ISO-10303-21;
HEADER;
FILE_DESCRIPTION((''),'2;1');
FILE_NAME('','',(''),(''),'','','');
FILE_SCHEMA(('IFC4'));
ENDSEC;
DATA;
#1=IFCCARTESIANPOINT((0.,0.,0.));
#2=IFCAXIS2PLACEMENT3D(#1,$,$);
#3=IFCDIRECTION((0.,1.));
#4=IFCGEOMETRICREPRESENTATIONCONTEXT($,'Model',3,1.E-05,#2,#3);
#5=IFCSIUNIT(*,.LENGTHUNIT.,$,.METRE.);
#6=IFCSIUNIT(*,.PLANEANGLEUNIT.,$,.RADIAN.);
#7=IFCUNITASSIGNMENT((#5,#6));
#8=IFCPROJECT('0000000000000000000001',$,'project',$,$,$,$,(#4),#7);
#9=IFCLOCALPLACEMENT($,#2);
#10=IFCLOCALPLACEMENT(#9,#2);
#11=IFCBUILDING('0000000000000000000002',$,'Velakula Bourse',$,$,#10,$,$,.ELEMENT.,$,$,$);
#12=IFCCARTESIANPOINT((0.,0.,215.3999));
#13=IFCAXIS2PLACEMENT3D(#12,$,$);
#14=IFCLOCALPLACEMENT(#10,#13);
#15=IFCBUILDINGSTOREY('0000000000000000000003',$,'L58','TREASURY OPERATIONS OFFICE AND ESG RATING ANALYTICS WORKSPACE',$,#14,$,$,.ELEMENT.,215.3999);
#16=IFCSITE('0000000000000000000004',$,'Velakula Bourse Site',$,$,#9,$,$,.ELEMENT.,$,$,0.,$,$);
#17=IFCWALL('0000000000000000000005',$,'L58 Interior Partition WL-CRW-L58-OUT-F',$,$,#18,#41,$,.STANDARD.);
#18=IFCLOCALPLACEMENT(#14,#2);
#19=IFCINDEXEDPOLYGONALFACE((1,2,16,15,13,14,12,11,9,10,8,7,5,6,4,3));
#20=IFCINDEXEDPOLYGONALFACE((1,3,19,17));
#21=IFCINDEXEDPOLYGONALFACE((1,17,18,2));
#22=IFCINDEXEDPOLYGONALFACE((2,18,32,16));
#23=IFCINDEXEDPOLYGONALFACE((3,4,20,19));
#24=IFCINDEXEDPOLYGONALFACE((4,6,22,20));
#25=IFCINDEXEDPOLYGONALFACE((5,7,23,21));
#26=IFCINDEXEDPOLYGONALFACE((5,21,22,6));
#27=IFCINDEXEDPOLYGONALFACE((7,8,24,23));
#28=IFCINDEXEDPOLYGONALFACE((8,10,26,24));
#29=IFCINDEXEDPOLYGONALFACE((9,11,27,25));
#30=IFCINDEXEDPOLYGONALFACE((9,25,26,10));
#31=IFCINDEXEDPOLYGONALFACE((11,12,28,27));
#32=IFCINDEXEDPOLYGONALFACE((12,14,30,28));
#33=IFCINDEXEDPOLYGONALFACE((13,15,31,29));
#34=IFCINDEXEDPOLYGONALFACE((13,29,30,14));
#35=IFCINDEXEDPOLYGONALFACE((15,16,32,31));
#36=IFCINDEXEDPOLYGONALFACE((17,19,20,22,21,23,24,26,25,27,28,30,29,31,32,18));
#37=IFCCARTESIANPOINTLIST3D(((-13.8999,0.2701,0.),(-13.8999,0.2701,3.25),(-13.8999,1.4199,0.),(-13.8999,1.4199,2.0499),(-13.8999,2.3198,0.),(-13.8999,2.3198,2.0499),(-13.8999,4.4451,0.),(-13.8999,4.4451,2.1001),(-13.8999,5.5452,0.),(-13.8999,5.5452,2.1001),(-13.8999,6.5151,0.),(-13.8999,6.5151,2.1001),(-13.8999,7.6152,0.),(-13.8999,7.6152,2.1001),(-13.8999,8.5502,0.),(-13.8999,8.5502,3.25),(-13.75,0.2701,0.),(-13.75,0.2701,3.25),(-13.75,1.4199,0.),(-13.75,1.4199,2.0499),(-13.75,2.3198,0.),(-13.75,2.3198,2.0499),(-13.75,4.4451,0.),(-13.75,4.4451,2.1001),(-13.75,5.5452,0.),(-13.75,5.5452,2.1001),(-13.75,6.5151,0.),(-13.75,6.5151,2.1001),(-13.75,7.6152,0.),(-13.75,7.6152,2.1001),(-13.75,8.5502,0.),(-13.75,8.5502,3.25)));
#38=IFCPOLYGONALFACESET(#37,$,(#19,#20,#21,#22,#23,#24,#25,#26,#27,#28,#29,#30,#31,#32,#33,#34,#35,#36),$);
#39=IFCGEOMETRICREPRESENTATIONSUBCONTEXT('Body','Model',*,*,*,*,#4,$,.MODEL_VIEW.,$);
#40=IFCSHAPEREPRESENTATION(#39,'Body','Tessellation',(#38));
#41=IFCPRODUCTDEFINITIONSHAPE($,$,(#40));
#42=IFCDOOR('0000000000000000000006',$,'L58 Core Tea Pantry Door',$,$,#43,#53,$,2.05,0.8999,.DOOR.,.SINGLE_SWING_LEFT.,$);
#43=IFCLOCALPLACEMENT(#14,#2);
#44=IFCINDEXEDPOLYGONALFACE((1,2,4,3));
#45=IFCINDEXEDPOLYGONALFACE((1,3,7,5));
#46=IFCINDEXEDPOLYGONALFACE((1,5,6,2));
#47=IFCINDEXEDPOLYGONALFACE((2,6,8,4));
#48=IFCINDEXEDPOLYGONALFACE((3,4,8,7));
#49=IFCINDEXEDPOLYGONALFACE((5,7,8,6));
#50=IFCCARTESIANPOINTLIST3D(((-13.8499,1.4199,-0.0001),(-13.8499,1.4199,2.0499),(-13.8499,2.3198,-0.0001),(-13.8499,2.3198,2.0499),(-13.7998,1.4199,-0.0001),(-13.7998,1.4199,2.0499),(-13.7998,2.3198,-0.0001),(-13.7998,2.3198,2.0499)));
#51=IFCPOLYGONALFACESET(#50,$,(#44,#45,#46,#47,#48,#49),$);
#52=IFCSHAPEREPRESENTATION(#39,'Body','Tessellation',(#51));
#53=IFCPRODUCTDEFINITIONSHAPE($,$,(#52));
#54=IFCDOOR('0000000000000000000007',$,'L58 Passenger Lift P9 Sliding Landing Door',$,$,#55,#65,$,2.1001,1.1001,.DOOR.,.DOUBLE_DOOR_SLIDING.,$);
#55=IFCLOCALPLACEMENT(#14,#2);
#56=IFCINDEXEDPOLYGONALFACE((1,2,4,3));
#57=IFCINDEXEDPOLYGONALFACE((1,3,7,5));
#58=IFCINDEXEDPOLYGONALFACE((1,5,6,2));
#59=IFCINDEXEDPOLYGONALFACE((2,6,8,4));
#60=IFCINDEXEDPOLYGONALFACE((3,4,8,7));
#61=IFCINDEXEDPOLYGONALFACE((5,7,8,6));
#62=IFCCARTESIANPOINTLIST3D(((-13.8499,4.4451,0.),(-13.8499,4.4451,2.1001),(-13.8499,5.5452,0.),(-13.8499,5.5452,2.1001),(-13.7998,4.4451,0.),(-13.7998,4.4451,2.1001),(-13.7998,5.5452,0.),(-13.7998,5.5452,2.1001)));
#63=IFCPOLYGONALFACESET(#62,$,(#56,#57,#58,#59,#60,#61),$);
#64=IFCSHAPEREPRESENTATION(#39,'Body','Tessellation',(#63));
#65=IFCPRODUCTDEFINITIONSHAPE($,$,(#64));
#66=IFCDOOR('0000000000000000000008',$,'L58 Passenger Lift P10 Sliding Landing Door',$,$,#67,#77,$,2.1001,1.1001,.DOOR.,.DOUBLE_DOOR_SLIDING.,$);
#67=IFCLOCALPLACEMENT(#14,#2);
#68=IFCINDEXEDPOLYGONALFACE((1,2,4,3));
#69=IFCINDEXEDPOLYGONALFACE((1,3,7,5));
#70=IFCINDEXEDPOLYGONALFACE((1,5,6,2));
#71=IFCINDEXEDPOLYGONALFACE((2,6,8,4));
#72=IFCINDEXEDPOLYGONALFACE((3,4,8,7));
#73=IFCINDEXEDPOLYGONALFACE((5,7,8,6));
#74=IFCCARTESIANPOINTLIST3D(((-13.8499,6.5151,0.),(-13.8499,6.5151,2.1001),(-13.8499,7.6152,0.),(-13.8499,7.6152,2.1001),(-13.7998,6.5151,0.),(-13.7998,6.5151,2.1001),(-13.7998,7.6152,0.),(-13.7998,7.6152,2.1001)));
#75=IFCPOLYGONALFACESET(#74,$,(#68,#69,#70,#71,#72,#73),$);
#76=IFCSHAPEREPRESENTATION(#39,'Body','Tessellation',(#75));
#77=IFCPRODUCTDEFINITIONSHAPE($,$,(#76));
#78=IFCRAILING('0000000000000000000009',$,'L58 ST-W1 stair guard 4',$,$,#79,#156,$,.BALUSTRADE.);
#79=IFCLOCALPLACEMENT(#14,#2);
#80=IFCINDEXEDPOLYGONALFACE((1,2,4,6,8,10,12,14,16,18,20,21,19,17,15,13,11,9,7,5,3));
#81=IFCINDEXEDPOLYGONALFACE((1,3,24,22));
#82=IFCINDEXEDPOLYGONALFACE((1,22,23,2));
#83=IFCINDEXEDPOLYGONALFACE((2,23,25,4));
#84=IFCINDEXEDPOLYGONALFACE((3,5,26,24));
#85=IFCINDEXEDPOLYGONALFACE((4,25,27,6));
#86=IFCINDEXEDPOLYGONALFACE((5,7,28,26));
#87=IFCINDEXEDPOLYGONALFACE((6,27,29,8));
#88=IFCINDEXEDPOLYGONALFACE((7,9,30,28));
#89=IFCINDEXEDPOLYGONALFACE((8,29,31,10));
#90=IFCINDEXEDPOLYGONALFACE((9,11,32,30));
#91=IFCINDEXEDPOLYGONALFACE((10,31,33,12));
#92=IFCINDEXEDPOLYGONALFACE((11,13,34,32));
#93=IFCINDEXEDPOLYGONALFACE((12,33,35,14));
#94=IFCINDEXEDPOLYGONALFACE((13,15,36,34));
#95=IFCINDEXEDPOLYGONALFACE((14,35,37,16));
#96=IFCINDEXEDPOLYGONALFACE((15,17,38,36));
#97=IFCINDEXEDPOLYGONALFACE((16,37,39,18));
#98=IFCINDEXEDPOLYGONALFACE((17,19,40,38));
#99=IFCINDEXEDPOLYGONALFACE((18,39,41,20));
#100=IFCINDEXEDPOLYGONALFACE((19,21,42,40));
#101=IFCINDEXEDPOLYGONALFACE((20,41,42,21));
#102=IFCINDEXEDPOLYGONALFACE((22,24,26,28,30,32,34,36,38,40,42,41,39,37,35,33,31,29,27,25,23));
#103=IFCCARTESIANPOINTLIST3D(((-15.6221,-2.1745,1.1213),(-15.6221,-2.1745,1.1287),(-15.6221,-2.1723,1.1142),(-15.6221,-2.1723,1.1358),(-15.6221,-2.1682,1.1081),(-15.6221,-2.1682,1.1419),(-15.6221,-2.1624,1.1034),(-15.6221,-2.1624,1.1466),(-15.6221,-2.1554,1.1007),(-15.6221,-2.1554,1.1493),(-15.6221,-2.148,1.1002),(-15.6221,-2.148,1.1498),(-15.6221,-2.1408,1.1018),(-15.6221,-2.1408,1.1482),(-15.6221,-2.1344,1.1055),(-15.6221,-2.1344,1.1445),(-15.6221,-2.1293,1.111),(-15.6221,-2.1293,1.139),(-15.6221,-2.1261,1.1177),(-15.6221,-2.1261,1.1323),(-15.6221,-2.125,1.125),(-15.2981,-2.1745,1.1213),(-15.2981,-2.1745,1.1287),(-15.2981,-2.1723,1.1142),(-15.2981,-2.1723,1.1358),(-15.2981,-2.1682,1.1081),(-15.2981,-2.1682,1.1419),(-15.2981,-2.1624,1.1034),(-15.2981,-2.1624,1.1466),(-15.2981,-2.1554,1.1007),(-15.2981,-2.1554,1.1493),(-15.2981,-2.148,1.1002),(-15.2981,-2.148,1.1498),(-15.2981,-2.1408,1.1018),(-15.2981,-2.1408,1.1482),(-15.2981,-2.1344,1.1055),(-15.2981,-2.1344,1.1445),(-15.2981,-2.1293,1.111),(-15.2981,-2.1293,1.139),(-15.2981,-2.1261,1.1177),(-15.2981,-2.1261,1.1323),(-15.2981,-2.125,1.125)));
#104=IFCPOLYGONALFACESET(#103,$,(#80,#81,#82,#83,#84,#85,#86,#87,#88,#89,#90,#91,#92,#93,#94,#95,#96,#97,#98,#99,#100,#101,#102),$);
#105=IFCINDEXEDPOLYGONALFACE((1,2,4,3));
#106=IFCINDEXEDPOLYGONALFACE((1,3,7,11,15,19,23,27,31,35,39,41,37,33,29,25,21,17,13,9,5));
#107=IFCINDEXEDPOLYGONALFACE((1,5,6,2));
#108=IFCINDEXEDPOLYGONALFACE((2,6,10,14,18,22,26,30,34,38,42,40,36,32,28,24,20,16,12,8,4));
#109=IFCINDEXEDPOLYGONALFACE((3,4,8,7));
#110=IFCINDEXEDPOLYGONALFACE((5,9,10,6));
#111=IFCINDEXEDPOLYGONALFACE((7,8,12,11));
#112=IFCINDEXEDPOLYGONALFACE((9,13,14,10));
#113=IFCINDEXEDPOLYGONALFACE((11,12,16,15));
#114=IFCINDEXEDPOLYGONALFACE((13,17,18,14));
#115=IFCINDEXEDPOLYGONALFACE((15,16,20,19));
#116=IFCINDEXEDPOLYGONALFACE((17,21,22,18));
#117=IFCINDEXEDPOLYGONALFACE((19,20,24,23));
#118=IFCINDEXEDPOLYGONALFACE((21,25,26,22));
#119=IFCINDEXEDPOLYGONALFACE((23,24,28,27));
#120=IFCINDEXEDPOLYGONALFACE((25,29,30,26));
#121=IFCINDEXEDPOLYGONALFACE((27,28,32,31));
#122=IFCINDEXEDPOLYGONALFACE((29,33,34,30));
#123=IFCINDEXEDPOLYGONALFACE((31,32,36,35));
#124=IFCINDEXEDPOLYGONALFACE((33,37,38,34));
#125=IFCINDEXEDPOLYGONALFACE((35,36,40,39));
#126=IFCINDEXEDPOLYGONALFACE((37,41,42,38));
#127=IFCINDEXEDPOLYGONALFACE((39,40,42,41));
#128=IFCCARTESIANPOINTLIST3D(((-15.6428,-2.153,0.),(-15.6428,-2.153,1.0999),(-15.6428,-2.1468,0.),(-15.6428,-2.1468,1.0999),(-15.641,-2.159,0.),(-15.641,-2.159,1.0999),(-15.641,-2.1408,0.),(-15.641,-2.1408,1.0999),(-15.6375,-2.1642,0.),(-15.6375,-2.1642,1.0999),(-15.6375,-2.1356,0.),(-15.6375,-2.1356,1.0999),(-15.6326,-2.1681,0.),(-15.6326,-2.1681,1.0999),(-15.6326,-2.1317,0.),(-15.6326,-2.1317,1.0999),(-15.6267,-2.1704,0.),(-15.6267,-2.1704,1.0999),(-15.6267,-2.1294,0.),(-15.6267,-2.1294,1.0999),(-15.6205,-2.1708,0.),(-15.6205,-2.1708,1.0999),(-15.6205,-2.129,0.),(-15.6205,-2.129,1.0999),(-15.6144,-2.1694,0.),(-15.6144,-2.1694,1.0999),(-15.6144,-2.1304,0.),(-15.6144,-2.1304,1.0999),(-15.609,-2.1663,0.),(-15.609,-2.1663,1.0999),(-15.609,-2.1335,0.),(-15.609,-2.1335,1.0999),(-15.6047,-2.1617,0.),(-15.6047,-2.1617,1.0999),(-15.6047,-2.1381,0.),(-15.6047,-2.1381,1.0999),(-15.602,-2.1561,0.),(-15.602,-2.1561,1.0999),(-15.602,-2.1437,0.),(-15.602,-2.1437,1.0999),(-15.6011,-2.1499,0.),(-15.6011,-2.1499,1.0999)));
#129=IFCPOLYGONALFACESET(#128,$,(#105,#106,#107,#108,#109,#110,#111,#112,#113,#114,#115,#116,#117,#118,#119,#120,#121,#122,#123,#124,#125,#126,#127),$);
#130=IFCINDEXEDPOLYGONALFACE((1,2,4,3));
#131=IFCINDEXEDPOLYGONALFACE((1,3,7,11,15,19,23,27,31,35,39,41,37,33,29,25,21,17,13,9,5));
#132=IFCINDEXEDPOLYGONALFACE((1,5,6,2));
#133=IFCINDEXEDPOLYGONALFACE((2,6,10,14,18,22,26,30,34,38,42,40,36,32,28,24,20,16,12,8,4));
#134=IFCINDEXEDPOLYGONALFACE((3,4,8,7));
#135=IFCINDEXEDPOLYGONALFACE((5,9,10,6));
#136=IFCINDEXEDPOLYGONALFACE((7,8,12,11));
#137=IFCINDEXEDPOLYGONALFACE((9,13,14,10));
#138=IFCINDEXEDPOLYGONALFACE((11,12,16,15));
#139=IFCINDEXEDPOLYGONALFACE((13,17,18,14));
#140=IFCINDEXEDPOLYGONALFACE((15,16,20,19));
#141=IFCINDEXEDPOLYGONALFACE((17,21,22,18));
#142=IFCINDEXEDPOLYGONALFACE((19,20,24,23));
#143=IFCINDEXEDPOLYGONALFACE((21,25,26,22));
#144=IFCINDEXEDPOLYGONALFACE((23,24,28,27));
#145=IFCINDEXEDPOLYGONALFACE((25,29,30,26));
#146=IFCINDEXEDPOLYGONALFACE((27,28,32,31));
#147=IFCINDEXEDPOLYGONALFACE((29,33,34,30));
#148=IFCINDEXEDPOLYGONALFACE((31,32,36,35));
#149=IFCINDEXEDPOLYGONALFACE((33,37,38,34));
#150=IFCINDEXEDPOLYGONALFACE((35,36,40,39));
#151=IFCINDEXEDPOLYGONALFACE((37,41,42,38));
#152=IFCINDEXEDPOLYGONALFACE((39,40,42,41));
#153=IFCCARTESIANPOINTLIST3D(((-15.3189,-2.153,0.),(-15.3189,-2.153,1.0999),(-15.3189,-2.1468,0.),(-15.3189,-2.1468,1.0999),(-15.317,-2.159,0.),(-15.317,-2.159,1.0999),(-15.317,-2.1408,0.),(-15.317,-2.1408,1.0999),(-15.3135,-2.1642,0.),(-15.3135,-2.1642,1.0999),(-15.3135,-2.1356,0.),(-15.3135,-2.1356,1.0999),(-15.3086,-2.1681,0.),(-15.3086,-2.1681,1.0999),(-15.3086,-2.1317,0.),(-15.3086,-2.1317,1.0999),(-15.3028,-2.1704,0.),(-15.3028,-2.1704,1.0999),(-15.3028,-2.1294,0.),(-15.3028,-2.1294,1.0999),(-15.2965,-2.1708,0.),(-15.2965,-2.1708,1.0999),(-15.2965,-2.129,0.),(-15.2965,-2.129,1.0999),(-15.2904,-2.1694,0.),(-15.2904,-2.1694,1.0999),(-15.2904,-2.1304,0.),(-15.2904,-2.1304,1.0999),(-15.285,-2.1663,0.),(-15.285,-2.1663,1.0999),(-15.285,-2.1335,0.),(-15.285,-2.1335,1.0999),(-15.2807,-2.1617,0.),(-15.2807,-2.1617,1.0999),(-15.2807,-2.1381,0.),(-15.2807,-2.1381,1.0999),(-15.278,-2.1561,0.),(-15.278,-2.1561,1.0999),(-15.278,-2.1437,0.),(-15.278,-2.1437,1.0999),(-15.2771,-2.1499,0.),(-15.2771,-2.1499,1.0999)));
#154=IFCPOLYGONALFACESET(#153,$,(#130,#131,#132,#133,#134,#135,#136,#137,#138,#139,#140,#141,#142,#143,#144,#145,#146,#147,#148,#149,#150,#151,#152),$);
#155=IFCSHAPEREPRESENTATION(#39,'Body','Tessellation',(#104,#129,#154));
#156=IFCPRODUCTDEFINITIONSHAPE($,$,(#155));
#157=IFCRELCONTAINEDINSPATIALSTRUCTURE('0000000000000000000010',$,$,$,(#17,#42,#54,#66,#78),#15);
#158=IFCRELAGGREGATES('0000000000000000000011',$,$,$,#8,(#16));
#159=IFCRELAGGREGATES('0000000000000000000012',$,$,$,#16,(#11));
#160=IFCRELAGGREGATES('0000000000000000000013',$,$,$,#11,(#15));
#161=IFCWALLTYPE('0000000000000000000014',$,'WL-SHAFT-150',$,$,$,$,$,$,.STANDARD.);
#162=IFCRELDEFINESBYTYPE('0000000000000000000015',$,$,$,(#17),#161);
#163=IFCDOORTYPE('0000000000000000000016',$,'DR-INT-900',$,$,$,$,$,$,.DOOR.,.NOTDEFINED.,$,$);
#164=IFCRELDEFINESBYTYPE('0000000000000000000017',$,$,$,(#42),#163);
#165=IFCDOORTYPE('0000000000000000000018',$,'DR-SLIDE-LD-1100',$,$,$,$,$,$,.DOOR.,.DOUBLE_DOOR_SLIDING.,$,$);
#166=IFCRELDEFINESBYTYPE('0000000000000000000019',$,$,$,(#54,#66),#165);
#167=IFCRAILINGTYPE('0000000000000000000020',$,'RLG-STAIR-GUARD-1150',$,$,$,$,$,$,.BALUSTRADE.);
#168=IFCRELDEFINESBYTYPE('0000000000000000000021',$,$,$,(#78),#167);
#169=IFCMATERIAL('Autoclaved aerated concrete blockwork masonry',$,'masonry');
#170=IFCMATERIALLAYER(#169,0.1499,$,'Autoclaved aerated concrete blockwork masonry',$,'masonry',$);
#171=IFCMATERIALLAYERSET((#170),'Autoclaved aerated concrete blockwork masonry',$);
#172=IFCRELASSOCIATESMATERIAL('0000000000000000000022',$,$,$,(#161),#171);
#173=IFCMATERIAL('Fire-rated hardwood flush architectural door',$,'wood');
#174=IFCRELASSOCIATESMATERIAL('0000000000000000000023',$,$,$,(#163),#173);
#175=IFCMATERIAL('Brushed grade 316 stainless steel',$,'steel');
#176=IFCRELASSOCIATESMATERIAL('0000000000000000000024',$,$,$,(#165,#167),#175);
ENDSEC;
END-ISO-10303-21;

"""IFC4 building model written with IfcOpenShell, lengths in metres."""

from ifc_helpers import new_model, si_unit, direction, frame, frame_2d, origin, origin_2d, place, context, subcontext, project, spatial, rectangle, circle, extrude, material, layer, layer_set, type_object, element, fill, save


model = new_model("IFC4")

# Units and contexts
model_context = context("Model", 3, precision=1e-05, world=origin(), true_north=direction((0.0, 1.0)))
body_context = subcontext(model_context, "Body", "Model", "MODEL_VIEW")
ifc_project = project(units=[si_unit("LENGTHUNIT", "METRE"), si_unit("PLANEANGLEUNIT", "RADIAN")], contexts=[model_context])

# Site, building, storey
site_placement = place(None, origin())
site = spatial("IfcSite", under=ifc_project, at=site_placement, Name="Velakula Bourse Site", CompositionType="ELEMENT", RefElevation=0.0)
building_placement = place(site_placement, origin())
building = spatial("IfcBuilding", under=site, at=building_placement, Name="Velakula Bourse", CompositionType="ELEMENT")
storey_placement = place(building_placement, frame((0.0, 0.0, 215.3999)))
storey = spatial("IfcBuildingStorey", under=building, at=storey_placement, Name="L58", Description="TREASURY OPERATIONS OFFICE AND ESG RATING ANALYTICS WORKSPACE", CompositionType="ELEMENT", Elevation=215.3999)

# Shared definitions
ifc_material_1 = material(Name="Fire-rated hardwood flush architectural door", Category="wood")

# Wall, openings, doors
ifc_material_2 = material(Name="Autoclaved aerated concrete blockwork masonry", Category="masonry")
ifc_layer_1 = layer(ifc_material_2, 0.1499, Name="Autoclaved aerated concrete blockwork masonry", Category="masonry")
ifc_layer_set_1 = layer_set([ifc_layer_1], Name="Autoclaved aerated concrete blockwork masonry")
wall_type_1 = type_object("IfcWallType", Name="WL-SHAFT-150", PredefinedType="STANDARD", material=ifc_layer_set_1)
wall_1_placement = place(storey_placement, frame((-13.825, 0.27, 0.0), z_axis=(0.0, 0.0, 1.0), x_axis=(0.0, 1.0, 0.0)))
wall_1 = element("IfcWall", 1, at=wall_1_placement, inside=storey, type_object=wall_type_1, Name="L58 Interior Partition WL-CRW-L58-OUT-F", PredefinedType="STANDARD", context=body_context, shape_type="SweptSolid", body=[
    extrude(rectangle(XDim=8.28, YDim=0.1499, at=frame_2d((4.1401, 0.0))), origin(), (0.0, 0.0, 1.0), 3.25),
])
opening_1_placement = place(wall_1_placement, frame((4.175, 0.0, 0.0)))
opening_1 = element("IfcOpeningElement", 2, at=opening_1_placement, cuts=wall_1, PredefinedType="OPENING", context=body_context, shape_type="SweptSolid", body=[
    extrude(rectangle(XDim=1.1001, YDim=2.1001, at=frame_2d((0.55, 1.05))), frame((0.0, 0.085, 0.0), z_axis=(0.0, -1.0, 0.0), x_axis=(1.0, 0.0, 0.0)), (0.0, 0.0, 1.0), 0.1699),
])
opening_2_placement = place(wall_1_placement, frame((6.2451, 0.0, 0.0)))
opening_2 = element("IfcOpeningElement", 3, at=opening_2_placement, cuts=wall_1, PredefinedType="OPENING", context=body_context, shape_type="SweptSolid", body=[
    extrude(rectangle(XDim=1.1001, YDim=2.1001, at=frame_2d((0.55, 1.05))), frame((0.0, 0.085, 0.0), z_axis=(0.0, -1.0, 0.0), x_axis=(1.0, 0.0, 0.0)), (0.0, 0.0, 1.0), 0.1699),
])
opening_3_placement = place(wall_1_placement, frame((1.1499, 0.0, 0.0)))
opening_3 = element("IfcOpeningElement", 4, at=opening_3_placement, cuts=wall_1, PredefinedType="OPENING", context=body_context, shape_type="SweptSolid", body=[
    extrude(rectangle(XDim=0.8999, YDim=2.05, at=frame_2d((0.45, 1.0249))), frame((0.0, 0.085, 0.0), z_axis=(0.0, -1.0, 0.0), x_axis=(1.0, 0.0, 0.0)), (0.0, 0.0, 1.0), 0.1699),
])
door_type_1 = type_object("IfcDoorType", Name="DR-INT-900", OperationType="NOTDEFINED", PredefinedType="DOOR", material=ifc_material_1)
door_1_placement = place(opening_3_placement, origin())
door_1 = element("IfcDoor", 5, at=door_1_placement, inside=storey, type_object=door_type_1, Name="L58 Core Tea Pantry Door", OperationType="SINGLE_SWING_LEFT", OverallHeight=2.05, OverallWidth=0.8999, PredefinedType="DOOR", context=body_context, shape_type="SweptSolid", body=[
    extrude(rectangle(XDim=0.8999, YDim=2.05, at=frame_2d((0.45, 1.0249))), frame((0.0, 0.0249, 0.0), z_axis=(0.0, -1.0, 0.0), x_axis=(1.0, 0.0, 0.0)), (0.0, 0.0, 1.0), 0.05),
])
fill(opening_3, door_1)
ifc_material_3 = material(Name="Brushed grade 316 stainless steel", Category="steel")
door_type_2 = type_object("IfcDoorType", Name="DR-SLIDE-LD-1100", OperationType="DOUBLE_DOOR_SLIDING", PredefinedType="DOOR", material=ifc_material_3)
door_2_placement = place(opening_1_placement, origin())
door_2 = element("IfcDoor", 6, at=door_2_placement, inside=storey, type_object=door_type_2, Name="L58 Passenger Lift P9 Sliding Landing Door", OperationType="DOUBLE_DOOR_SLIDING", OverallHeight=2.1001, OverallWidth=1.1001, PredefinedType="DOOR", context=body_context, shape_type="SweptSolid", body=[
    extrude(rectangle(XDim=1.1001, YDim=2.1001, at=frame_2d((0.55, 1.05))), frame((0.0, 0.0249, 0.0), z_axis=(0.0, -1.0, 0.0), x_axis=(1.0, 0.0, 0.0)), (0.0, 0.0, 1.0), 0.05),
])
fill(opening_1, door_2)
door_3_placement = place(opening_2_placement, origin())
door_3 = element("IfcDoor", 7, at=door_3_placement, inside=storey, type_object=door_type_2, Name="L58 Passenger Lift P10 Sliding Landing Door", OperationType="DOUBLE_DOOR_SLIDING", OverallHeight=2.1001, OverallWidth=1.1001, PredefinedType="DOOR", context=body_context, shape_type="SweptSolid", body=[
    extrude(rectangle(XDim=1.1001, YDim=2.1001, at=frame_2d((0.55, 1.05))), frame((0.0, 0.0249, 0.0), z_axis=(0.0, -1.0, 0.0), x_axis=(1.0, 0.0, 0.0)), (0.0, 0.0, 1.0), 0.05),
])
fill(opening_2, door_3)

# Railing
railing_type = type_object("IfcRailingType", Name="RLG-STAIR-GUARD-1150", PredefinedType="BALUSTRADE", material=ifc_material_3)
railing_placement = place(storey_placement, frame((-15.6221, -2.1499, 0.0)))
element("IfcRailing", 8, at=railing_placement, inside=storey, type_object=railing_type, Name="L58 ST-W1 stair guard 4", PredefinedType="BALUSTRADE", context=body_context, shape_type="SweptSolid", body=[
    extrude(circle(Radius=0.0249, at=origin_2d()), frame((0.0, 0.0, 1.125), z_axis=(1.0, 0.0, 0.0), x_axis=(0.0, 1.0, 0.0)), (0.0, 0.0, 1.0), 0.324),
    extrude(circle(Radius=0.021, at=origin_2d()), origin(), (0.0, 0.0, 1.0), 1.0999),
    extrude(circle(Radius=0.021, at=origin_2d()), frame((0.324, 0.0, 0.0)), (0.0, 0.0, 1.0), 1.0999),
])

save(model, "model.ifc")
